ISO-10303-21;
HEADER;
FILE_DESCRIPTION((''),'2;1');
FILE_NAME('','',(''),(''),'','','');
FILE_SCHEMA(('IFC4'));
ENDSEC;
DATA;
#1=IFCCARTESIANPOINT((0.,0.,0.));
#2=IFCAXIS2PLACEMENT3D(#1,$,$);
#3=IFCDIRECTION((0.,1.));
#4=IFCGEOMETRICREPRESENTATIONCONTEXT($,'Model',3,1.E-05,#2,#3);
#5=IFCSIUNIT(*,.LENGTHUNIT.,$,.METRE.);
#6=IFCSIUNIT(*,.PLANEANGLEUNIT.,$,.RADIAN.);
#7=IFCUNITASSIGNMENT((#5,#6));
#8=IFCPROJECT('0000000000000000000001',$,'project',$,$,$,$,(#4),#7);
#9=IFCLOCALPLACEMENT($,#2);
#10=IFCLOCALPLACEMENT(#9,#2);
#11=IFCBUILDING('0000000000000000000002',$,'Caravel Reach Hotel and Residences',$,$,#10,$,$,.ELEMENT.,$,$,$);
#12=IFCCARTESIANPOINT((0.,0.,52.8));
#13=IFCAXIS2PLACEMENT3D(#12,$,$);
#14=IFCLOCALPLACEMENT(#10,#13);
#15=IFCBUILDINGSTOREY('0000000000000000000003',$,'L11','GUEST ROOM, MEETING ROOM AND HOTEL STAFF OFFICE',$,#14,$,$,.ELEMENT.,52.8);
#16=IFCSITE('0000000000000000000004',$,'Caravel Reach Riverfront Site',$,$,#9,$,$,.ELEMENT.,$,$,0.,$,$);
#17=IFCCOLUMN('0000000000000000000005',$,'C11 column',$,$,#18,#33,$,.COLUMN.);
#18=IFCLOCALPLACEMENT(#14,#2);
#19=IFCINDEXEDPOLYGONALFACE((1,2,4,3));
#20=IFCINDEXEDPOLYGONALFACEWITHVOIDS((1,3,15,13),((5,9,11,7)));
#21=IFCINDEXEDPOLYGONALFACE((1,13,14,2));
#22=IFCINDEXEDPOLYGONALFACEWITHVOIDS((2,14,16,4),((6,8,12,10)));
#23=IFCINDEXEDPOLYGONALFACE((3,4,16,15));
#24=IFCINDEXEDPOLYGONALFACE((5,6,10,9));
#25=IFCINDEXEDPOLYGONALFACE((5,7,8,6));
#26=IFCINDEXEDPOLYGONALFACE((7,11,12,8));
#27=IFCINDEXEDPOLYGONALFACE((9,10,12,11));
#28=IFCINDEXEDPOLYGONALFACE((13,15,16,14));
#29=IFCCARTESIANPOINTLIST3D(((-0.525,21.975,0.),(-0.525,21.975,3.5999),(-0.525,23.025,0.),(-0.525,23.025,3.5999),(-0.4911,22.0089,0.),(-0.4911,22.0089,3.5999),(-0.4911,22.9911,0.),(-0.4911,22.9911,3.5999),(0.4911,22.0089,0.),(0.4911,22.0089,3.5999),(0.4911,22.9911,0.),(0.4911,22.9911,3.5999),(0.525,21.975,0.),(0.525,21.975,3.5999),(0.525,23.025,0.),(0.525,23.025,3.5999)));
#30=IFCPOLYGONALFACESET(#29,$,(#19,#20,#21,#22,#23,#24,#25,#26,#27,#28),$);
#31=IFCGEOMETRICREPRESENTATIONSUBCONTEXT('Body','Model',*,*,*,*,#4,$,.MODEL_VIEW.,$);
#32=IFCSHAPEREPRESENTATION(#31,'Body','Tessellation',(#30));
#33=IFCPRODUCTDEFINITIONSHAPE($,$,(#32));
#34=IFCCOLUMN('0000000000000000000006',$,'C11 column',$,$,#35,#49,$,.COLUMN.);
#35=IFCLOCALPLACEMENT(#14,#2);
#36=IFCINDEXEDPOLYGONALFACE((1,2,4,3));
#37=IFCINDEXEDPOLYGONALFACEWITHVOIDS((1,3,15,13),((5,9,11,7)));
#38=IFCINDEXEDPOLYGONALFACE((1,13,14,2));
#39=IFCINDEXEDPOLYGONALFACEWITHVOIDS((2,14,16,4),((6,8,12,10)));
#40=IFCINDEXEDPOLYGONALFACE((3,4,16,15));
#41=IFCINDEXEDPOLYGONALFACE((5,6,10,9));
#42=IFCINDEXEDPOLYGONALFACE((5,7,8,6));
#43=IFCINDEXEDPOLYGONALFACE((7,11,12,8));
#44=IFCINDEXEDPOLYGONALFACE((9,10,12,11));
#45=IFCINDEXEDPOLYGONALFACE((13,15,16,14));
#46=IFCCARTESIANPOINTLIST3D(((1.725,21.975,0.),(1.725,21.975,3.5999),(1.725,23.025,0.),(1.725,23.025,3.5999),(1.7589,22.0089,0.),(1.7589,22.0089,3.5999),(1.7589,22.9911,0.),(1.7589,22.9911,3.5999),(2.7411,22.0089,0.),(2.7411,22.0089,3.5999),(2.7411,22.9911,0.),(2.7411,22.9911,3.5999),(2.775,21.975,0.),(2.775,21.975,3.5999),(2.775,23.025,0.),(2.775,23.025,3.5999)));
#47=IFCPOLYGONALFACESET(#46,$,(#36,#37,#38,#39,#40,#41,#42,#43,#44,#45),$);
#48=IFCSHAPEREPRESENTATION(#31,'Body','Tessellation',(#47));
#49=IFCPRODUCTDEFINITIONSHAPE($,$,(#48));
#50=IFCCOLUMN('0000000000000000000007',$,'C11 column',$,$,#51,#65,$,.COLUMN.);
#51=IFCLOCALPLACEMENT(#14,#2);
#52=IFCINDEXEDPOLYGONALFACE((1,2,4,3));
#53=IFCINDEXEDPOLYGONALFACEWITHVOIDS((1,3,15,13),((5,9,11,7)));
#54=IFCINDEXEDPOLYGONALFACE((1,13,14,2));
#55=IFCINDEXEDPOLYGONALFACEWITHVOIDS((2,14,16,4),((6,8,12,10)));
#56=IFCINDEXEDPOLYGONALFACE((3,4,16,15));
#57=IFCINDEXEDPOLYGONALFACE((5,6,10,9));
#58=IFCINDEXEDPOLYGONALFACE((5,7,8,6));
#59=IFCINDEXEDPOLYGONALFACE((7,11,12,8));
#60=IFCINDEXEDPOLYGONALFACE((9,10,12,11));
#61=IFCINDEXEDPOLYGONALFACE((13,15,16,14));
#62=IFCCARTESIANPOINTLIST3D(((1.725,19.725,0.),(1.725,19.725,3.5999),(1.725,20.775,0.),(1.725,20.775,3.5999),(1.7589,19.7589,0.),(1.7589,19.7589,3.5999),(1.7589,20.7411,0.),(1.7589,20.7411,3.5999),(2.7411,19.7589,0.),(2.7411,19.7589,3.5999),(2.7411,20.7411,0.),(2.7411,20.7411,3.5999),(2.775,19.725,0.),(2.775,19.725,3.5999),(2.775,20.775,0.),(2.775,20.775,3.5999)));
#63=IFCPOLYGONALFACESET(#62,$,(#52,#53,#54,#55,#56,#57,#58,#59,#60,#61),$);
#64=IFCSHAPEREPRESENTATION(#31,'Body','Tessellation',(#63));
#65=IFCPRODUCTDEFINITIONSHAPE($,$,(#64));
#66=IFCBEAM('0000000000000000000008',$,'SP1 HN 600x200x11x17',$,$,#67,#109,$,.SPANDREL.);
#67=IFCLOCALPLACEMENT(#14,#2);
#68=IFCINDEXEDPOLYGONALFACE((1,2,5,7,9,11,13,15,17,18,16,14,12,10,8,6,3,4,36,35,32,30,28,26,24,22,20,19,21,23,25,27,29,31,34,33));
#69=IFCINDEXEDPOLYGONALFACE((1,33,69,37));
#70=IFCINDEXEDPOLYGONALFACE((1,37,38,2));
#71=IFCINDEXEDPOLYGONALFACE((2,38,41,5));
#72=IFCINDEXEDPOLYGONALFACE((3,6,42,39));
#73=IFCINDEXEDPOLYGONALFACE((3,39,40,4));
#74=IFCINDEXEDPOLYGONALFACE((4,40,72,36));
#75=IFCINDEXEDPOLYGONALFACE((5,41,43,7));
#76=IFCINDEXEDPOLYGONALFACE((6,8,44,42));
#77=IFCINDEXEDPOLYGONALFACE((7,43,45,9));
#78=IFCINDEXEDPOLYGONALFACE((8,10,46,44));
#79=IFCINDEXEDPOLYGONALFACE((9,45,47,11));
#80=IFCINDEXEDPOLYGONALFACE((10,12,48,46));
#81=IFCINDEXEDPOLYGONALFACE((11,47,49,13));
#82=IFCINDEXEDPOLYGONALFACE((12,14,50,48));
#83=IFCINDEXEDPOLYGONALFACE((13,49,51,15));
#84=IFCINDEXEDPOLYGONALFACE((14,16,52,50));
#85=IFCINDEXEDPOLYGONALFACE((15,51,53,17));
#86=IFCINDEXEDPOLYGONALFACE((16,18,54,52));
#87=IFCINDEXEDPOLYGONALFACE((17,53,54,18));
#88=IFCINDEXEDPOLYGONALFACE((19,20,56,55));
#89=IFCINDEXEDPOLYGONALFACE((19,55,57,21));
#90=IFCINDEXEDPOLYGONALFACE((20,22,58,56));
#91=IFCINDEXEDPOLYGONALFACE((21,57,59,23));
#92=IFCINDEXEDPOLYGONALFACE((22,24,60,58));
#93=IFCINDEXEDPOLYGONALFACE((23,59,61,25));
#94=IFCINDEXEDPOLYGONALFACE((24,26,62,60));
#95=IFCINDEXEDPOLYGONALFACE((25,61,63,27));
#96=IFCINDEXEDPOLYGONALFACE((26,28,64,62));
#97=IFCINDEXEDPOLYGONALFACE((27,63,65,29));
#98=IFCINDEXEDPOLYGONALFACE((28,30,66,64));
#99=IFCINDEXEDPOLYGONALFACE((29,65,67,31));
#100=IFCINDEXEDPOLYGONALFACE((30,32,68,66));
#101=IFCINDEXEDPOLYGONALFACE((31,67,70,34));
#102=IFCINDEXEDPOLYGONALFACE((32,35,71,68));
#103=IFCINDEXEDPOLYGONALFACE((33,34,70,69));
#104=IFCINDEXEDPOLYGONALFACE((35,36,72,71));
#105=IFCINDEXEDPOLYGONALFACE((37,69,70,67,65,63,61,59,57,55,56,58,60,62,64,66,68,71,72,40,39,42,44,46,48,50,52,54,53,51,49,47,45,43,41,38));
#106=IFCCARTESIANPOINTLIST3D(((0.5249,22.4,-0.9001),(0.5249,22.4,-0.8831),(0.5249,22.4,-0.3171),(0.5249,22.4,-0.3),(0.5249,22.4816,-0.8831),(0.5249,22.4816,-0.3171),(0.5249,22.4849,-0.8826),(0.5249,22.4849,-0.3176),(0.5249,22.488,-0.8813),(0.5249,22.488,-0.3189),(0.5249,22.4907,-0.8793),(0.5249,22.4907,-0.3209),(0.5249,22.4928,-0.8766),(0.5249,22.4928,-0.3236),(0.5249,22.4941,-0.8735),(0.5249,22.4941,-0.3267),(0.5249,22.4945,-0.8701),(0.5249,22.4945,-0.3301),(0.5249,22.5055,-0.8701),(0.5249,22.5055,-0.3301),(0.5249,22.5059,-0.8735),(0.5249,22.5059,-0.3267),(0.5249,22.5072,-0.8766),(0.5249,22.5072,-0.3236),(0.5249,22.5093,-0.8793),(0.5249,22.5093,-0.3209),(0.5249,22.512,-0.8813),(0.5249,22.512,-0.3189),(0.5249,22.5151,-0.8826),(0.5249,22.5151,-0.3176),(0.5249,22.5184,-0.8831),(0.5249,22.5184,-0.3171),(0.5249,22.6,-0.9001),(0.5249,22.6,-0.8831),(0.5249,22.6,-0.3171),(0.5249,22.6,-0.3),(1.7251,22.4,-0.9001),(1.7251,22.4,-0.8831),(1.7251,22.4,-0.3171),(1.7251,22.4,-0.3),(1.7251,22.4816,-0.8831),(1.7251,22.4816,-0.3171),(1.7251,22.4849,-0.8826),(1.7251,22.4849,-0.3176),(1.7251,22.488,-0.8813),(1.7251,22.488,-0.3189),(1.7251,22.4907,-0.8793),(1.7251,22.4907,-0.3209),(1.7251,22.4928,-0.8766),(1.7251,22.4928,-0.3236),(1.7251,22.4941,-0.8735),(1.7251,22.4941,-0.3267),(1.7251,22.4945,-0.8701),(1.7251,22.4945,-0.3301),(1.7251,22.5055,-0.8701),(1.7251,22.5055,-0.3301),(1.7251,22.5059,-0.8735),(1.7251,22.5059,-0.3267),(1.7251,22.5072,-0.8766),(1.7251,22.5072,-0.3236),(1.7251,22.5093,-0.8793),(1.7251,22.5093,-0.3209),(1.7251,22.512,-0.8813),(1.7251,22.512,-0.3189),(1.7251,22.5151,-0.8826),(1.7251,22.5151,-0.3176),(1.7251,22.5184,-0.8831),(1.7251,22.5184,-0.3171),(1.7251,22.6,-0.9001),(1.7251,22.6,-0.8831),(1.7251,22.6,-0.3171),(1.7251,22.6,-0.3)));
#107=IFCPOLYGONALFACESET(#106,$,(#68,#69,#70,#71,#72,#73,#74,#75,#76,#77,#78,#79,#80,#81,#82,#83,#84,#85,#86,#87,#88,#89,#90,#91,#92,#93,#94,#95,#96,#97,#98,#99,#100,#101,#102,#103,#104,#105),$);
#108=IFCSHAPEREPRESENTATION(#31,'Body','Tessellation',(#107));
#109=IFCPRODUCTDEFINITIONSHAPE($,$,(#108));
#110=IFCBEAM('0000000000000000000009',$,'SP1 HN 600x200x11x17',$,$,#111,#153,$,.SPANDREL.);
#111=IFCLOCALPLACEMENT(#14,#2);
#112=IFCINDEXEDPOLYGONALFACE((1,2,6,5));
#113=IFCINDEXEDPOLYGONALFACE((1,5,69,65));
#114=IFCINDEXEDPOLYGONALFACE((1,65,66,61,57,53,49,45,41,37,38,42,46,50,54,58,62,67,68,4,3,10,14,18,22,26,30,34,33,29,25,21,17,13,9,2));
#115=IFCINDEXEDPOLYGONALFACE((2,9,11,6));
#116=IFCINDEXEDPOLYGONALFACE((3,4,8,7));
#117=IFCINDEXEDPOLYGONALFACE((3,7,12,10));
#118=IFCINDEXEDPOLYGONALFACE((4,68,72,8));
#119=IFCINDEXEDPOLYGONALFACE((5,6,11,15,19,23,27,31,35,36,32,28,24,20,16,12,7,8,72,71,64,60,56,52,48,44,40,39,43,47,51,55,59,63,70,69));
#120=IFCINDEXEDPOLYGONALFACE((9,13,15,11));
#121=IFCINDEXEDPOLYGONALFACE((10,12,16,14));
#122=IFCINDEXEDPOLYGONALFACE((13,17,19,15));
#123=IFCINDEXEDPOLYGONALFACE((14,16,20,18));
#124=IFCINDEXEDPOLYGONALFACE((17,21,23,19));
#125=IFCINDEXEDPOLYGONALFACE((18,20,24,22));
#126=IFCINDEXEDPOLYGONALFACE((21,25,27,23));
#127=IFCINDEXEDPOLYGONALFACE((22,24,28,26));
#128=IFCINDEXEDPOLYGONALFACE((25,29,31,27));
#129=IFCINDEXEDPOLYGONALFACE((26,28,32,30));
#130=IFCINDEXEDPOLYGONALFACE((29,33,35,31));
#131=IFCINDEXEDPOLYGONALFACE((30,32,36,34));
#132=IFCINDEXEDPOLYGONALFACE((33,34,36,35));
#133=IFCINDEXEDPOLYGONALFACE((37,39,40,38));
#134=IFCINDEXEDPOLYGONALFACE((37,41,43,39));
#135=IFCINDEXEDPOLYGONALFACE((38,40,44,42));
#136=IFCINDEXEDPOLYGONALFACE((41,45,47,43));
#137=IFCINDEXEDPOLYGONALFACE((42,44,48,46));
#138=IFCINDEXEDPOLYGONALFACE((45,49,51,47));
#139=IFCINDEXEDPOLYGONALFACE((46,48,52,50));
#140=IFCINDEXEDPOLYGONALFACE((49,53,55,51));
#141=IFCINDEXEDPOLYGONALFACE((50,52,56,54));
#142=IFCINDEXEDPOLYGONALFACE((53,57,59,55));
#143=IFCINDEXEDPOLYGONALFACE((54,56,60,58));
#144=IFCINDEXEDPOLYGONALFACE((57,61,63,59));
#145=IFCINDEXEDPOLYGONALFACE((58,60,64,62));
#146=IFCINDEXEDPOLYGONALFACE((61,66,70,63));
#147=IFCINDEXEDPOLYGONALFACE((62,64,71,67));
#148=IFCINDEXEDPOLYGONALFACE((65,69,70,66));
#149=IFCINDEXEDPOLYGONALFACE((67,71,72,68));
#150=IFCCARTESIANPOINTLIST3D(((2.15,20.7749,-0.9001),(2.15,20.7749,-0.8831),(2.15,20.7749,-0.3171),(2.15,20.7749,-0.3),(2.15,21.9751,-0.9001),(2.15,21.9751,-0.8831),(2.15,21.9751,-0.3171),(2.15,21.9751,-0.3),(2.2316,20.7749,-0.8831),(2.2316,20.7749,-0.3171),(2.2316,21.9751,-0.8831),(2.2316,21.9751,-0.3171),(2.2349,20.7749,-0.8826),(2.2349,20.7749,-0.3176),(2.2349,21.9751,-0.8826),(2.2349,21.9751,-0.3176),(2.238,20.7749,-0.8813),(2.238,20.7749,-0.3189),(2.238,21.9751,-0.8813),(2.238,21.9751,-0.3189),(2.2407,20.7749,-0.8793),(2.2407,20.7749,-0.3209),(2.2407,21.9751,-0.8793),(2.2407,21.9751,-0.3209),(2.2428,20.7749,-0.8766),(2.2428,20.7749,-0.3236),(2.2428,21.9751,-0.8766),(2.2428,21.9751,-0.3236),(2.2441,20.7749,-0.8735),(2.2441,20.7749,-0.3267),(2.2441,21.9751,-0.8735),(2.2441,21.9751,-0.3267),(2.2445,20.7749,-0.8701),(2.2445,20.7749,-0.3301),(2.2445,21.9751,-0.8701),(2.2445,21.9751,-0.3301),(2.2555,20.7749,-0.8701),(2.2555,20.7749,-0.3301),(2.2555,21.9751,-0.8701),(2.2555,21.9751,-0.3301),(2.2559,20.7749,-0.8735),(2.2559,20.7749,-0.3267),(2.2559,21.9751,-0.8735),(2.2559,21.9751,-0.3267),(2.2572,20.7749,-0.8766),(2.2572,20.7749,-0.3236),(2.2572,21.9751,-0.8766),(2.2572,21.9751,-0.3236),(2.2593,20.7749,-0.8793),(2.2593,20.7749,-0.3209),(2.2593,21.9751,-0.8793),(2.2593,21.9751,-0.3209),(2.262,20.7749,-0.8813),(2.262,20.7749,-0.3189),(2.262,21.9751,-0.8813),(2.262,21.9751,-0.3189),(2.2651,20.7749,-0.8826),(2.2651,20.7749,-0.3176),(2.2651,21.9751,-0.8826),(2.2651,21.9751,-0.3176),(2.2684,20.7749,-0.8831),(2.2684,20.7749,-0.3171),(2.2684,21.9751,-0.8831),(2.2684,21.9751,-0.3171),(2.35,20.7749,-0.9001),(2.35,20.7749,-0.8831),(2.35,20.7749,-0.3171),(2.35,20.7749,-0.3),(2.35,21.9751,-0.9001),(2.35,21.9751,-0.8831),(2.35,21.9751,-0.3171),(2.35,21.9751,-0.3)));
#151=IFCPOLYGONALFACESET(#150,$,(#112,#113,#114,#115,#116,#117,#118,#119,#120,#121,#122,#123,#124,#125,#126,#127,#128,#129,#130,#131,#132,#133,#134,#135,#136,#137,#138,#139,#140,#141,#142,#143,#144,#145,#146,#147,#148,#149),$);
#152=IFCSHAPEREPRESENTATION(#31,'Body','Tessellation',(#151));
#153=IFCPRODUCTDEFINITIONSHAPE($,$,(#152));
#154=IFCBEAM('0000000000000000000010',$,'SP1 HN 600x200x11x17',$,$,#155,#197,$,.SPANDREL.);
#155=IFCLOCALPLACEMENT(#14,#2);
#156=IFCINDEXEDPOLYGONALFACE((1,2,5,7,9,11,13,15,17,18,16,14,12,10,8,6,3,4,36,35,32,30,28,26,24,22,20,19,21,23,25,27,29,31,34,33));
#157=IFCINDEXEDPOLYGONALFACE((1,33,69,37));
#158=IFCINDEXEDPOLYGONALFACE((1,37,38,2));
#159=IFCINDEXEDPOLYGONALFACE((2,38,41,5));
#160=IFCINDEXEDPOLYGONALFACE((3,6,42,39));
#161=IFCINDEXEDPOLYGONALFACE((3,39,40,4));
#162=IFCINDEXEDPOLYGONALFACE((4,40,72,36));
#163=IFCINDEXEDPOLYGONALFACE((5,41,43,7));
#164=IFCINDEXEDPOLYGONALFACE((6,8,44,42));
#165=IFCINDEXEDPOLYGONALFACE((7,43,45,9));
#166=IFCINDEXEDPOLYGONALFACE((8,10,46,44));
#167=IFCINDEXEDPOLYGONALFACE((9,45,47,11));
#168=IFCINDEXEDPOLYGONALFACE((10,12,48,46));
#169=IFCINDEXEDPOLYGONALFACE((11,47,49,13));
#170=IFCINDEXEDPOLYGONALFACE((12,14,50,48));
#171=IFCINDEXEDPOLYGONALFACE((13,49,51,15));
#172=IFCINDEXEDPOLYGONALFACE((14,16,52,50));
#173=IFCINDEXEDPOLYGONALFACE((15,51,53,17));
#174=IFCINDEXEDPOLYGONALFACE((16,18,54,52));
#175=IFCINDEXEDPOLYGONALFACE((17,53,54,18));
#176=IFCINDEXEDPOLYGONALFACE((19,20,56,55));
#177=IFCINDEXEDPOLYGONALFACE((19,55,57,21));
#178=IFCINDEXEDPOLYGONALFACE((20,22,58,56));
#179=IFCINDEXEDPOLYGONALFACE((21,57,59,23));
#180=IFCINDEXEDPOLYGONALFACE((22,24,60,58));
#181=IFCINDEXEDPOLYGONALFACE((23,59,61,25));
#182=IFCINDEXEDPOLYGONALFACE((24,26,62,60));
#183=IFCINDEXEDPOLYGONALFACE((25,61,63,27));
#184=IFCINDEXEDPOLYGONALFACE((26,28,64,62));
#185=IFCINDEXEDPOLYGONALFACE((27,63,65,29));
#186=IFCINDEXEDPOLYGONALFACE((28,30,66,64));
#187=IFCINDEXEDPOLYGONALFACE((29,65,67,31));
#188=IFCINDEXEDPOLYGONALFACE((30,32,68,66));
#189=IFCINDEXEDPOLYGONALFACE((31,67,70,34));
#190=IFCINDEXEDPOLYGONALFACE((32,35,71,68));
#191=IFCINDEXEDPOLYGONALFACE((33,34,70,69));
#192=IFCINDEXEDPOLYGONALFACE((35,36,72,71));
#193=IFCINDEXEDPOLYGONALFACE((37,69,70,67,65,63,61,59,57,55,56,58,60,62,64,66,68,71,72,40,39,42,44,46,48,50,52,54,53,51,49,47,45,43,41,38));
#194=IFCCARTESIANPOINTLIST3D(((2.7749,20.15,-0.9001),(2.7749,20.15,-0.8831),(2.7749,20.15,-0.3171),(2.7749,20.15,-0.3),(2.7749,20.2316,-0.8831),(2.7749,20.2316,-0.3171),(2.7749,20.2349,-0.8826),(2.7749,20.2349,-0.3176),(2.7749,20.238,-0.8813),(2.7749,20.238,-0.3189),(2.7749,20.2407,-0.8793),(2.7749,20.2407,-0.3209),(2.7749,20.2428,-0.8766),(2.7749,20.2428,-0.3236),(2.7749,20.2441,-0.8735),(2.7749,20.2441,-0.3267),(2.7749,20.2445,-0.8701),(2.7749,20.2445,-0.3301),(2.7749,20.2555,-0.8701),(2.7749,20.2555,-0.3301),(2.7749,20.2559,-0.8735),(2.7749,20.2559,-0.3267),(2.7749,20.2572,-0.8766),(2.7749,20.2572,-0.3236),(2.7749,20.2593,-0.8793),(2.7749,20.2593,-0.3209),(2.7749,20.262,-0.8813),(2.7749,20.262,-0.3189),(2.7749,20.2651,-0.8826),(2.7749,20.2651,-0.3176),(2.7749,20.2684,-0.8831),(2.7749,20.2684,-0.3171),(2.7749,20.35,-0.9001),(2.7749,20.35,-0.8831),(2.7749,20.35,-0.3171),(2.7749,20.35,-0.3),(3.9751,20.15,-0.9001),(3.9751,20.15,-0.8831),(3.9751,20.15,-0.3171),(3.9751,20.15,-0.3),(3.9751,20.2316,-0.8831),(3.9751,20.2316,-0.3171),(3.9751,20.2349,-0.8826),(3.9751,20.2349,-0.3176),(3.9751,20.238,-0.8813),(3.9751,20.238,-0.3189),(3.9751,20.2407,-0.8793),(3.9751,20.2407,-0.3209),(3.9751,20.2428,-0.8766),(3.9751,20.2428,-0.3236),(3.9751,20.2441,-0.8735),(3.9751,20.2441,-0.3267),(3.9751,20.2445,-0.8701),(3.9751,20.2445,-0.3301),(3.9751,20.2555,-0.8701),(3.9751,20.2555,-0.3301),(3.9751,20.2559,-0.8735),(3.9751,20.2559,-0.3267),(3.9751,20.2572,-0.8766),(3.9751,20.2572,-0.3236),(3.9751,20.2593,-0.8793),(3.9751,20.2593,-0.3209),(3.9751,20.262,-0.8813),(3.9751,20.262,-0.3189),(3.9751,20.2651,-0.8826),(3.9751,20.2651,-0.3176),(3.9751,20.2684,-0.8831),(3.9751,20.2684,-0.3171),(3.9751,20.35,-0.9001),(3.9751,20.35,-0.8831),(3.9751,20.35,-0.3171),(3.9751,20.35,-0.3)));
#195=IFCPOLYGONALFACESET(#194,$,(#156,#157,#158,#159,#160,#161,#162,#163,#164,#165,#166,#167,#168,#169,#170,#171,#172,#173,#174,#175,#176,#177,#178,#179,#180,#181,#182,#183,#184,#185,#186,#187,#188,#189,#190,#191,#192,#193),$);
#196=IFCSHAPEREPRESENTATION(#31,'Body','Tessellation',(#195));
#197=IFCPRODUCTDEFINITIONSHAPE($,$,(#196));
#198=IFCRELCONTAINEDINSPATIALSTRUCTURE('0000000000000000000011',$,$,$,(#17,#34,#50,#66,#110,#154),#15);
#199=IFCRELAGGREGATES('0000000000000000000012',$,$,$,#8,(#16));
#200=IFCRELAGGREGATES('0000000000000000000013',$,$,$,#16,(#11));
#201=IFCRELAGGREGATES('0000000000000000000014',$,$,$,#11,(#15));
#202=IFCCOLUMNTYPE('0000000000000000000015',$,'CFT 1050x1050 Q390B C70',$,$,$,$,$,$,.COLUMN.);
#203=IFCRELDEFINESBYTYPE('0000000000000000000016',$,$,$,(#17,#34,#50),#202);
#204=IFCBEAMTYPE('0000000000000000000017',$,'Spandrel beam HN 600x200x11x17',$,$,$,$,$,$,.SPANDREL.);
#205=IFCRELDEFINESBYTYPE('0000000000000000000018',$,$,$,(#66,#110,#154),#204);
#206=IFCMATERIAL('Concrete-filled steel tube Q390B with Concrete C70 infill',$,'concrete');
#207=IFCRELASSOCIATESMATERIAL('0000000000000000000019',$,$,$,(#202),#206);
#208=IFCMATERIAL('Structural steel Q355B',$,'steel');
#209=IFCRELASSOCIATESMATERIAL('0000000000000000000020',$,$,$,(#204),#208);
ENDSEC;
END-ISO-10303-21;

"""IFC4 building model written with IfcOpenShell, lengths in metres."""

from ifc_helpers import new_model, si_unit, direction, frame, origin, origin_2d, place, context, subcontext, project, spatial, hollow_rectangle, i_section, extrude, material, material_profile, profile_set, type_object, element, save


model = new_model("IFC4")

# Units and contexts
model_context = context("Model", 3, precision=1e-05, world=origin(), true_north=direction((0.0, 1.0)))
body_context = subcontext(model_context, "Body", "Model", "MODEL_VIEW")
ifc_project = project(units=[si_unit("LENGTHUNIT", "METRE"), si_unit("PLANEANGLEUNIT", "RADIAN")], contexts=[model_context])

# Site, building, storey
site_placement = place(None, origin())
site = spatial("IfcSite", under=ifc_project, at=site_placement, Name="Caravel Reach Riverfront Site", CompositionType="ELEMENT", RefElevation=0.0)
building_placement = place(site_placement, origin())
building = spatial("IfcBuilding", under=site, at=building_placement, Name="Caravel Reach Hotel and Residences", CompositionType="ELEMENT")
storey_placement = place(building_placement, frame((0.0, 0.0, 52.8)))
storey = spatial("IfcBuildingStorey", under=building, at=storey_placement, Name="L11", Description="GUEST ROOM, MEETING ROOM AND HOTEL STAFF OFFICE", CompositionType="ELEMENT", Elevation=52.8)

# Columns
ifc_material_1 = material(Name="Concrete-filled steel tube Q390B with Concrete C70 infill", Category="concrete")
ifc_material_profile_1 = material_profile(ifc_material_1, hollow_rectangle(XDim=1.05, YDim=1.05, WallThickness=0.0339, at=origin_2d()), Name="RHS 1050x1050x34")
ifc_profile_set_1 = profile_set([ifc_material_profile_1], Name="Concrete-filled steel tube Q390B with Concrete C70 infill")
column_type = type_object("IfcColumnType", Name="CFT 1050x1050 Q390B C70", PredefinedType="COLUMN", material=ifc_profile_set_1)
for number, where, z_axis, x_axis, name in (
    (1, (0.0, 22.5, 0.0), (0.0, 0.0, 1.0), (1.0, 0.0, 0.0), "C11 column"),
    (2, (2.25, 22.5, 0.0), (0.0, 0.0, 1.0), (1.0, 0.0, 0.0), "C11 column"),
    (3, (2.25, 20.25, 0.0), (0.0, 0.0, 1.0), (1.0, 0.0, 0.0), "C11 column"),
):
    element("IfcColumn", number, at=place(storey_placement, frame(where, z_axis=z_axis, x_axis=x_axis)), inside=storey, type_object=column_type, Name=name, PredefinedType="COLUMN", context=body_context, shape_type="SweptSolid", body=[
        extrude(hollow_rectangle(XDim=1.05, YDim=1.05, WallThickness=0.0339, at=origin_2d()), origin(), (0.0, 0.0, 1.0), 3.5999),
    ])

# Beams
ifc_material_2 = material(Name="Structural steel Q355B", Category="steel")
ifc_material_profile_2 = material_profile(ifc_material_2, i_section(OverallWidth=0.2, OverallDepth=0.6001, WebThickness=0.011, FlangeThickness=0.0171, FilletRadius=0.0129, at=origin_2d()), Name="HN 600x200x11x17")
ifc_profile_set_2 = profile_set([ifc_material_profile_2], Name="Structural steel Q355B")
beam_type = type_object("IfcBeamType", Name="Spandrel beam HN 600x200x11x17", PredefinedType="SPANDREL", material=ifc_profile_set_2)
for number, where, z_axis, x_axis, name in (
    (4, (0.5249, 22.5, -0.6001), (1.0, 0.0, 0.0), (0.0, 1.0, 0.0), "SP1 HN 600x200x11x17"),
    (5, (2.25, 21.9751, -0.6001), (0.0, -1.0, 0.0), (1.0, 0.0, 0.0), "SP1 HN 600x200x11x17"),
    (6, (2.7749, 20.25, -0.6001), (1.0, 0.0, 0.0), (0.0, 1.0, 0.0), "SP1 HN 600x200x11x17"),
):
    element("IfcBeam", number, at=place(storey_placement, frame(where, z_axis=z_axis, x_axis=x_axis)), inside=storey, type_object=beam_type, Name=name, PredefinedType="SPANDREL", context=body_context, shape_type="SweptSolid", body=[
        extrude(i_section(OverallWidth=0.2, OverallDepth=0.6001, WebThickness=0.011, FlangeThickness=0.0171, FilletRadius=0.0129, at=origin_2d()), origin(), (0.0, 0.0, 1.0), 1.2002),
    ])

save(model, "model.ifc")
